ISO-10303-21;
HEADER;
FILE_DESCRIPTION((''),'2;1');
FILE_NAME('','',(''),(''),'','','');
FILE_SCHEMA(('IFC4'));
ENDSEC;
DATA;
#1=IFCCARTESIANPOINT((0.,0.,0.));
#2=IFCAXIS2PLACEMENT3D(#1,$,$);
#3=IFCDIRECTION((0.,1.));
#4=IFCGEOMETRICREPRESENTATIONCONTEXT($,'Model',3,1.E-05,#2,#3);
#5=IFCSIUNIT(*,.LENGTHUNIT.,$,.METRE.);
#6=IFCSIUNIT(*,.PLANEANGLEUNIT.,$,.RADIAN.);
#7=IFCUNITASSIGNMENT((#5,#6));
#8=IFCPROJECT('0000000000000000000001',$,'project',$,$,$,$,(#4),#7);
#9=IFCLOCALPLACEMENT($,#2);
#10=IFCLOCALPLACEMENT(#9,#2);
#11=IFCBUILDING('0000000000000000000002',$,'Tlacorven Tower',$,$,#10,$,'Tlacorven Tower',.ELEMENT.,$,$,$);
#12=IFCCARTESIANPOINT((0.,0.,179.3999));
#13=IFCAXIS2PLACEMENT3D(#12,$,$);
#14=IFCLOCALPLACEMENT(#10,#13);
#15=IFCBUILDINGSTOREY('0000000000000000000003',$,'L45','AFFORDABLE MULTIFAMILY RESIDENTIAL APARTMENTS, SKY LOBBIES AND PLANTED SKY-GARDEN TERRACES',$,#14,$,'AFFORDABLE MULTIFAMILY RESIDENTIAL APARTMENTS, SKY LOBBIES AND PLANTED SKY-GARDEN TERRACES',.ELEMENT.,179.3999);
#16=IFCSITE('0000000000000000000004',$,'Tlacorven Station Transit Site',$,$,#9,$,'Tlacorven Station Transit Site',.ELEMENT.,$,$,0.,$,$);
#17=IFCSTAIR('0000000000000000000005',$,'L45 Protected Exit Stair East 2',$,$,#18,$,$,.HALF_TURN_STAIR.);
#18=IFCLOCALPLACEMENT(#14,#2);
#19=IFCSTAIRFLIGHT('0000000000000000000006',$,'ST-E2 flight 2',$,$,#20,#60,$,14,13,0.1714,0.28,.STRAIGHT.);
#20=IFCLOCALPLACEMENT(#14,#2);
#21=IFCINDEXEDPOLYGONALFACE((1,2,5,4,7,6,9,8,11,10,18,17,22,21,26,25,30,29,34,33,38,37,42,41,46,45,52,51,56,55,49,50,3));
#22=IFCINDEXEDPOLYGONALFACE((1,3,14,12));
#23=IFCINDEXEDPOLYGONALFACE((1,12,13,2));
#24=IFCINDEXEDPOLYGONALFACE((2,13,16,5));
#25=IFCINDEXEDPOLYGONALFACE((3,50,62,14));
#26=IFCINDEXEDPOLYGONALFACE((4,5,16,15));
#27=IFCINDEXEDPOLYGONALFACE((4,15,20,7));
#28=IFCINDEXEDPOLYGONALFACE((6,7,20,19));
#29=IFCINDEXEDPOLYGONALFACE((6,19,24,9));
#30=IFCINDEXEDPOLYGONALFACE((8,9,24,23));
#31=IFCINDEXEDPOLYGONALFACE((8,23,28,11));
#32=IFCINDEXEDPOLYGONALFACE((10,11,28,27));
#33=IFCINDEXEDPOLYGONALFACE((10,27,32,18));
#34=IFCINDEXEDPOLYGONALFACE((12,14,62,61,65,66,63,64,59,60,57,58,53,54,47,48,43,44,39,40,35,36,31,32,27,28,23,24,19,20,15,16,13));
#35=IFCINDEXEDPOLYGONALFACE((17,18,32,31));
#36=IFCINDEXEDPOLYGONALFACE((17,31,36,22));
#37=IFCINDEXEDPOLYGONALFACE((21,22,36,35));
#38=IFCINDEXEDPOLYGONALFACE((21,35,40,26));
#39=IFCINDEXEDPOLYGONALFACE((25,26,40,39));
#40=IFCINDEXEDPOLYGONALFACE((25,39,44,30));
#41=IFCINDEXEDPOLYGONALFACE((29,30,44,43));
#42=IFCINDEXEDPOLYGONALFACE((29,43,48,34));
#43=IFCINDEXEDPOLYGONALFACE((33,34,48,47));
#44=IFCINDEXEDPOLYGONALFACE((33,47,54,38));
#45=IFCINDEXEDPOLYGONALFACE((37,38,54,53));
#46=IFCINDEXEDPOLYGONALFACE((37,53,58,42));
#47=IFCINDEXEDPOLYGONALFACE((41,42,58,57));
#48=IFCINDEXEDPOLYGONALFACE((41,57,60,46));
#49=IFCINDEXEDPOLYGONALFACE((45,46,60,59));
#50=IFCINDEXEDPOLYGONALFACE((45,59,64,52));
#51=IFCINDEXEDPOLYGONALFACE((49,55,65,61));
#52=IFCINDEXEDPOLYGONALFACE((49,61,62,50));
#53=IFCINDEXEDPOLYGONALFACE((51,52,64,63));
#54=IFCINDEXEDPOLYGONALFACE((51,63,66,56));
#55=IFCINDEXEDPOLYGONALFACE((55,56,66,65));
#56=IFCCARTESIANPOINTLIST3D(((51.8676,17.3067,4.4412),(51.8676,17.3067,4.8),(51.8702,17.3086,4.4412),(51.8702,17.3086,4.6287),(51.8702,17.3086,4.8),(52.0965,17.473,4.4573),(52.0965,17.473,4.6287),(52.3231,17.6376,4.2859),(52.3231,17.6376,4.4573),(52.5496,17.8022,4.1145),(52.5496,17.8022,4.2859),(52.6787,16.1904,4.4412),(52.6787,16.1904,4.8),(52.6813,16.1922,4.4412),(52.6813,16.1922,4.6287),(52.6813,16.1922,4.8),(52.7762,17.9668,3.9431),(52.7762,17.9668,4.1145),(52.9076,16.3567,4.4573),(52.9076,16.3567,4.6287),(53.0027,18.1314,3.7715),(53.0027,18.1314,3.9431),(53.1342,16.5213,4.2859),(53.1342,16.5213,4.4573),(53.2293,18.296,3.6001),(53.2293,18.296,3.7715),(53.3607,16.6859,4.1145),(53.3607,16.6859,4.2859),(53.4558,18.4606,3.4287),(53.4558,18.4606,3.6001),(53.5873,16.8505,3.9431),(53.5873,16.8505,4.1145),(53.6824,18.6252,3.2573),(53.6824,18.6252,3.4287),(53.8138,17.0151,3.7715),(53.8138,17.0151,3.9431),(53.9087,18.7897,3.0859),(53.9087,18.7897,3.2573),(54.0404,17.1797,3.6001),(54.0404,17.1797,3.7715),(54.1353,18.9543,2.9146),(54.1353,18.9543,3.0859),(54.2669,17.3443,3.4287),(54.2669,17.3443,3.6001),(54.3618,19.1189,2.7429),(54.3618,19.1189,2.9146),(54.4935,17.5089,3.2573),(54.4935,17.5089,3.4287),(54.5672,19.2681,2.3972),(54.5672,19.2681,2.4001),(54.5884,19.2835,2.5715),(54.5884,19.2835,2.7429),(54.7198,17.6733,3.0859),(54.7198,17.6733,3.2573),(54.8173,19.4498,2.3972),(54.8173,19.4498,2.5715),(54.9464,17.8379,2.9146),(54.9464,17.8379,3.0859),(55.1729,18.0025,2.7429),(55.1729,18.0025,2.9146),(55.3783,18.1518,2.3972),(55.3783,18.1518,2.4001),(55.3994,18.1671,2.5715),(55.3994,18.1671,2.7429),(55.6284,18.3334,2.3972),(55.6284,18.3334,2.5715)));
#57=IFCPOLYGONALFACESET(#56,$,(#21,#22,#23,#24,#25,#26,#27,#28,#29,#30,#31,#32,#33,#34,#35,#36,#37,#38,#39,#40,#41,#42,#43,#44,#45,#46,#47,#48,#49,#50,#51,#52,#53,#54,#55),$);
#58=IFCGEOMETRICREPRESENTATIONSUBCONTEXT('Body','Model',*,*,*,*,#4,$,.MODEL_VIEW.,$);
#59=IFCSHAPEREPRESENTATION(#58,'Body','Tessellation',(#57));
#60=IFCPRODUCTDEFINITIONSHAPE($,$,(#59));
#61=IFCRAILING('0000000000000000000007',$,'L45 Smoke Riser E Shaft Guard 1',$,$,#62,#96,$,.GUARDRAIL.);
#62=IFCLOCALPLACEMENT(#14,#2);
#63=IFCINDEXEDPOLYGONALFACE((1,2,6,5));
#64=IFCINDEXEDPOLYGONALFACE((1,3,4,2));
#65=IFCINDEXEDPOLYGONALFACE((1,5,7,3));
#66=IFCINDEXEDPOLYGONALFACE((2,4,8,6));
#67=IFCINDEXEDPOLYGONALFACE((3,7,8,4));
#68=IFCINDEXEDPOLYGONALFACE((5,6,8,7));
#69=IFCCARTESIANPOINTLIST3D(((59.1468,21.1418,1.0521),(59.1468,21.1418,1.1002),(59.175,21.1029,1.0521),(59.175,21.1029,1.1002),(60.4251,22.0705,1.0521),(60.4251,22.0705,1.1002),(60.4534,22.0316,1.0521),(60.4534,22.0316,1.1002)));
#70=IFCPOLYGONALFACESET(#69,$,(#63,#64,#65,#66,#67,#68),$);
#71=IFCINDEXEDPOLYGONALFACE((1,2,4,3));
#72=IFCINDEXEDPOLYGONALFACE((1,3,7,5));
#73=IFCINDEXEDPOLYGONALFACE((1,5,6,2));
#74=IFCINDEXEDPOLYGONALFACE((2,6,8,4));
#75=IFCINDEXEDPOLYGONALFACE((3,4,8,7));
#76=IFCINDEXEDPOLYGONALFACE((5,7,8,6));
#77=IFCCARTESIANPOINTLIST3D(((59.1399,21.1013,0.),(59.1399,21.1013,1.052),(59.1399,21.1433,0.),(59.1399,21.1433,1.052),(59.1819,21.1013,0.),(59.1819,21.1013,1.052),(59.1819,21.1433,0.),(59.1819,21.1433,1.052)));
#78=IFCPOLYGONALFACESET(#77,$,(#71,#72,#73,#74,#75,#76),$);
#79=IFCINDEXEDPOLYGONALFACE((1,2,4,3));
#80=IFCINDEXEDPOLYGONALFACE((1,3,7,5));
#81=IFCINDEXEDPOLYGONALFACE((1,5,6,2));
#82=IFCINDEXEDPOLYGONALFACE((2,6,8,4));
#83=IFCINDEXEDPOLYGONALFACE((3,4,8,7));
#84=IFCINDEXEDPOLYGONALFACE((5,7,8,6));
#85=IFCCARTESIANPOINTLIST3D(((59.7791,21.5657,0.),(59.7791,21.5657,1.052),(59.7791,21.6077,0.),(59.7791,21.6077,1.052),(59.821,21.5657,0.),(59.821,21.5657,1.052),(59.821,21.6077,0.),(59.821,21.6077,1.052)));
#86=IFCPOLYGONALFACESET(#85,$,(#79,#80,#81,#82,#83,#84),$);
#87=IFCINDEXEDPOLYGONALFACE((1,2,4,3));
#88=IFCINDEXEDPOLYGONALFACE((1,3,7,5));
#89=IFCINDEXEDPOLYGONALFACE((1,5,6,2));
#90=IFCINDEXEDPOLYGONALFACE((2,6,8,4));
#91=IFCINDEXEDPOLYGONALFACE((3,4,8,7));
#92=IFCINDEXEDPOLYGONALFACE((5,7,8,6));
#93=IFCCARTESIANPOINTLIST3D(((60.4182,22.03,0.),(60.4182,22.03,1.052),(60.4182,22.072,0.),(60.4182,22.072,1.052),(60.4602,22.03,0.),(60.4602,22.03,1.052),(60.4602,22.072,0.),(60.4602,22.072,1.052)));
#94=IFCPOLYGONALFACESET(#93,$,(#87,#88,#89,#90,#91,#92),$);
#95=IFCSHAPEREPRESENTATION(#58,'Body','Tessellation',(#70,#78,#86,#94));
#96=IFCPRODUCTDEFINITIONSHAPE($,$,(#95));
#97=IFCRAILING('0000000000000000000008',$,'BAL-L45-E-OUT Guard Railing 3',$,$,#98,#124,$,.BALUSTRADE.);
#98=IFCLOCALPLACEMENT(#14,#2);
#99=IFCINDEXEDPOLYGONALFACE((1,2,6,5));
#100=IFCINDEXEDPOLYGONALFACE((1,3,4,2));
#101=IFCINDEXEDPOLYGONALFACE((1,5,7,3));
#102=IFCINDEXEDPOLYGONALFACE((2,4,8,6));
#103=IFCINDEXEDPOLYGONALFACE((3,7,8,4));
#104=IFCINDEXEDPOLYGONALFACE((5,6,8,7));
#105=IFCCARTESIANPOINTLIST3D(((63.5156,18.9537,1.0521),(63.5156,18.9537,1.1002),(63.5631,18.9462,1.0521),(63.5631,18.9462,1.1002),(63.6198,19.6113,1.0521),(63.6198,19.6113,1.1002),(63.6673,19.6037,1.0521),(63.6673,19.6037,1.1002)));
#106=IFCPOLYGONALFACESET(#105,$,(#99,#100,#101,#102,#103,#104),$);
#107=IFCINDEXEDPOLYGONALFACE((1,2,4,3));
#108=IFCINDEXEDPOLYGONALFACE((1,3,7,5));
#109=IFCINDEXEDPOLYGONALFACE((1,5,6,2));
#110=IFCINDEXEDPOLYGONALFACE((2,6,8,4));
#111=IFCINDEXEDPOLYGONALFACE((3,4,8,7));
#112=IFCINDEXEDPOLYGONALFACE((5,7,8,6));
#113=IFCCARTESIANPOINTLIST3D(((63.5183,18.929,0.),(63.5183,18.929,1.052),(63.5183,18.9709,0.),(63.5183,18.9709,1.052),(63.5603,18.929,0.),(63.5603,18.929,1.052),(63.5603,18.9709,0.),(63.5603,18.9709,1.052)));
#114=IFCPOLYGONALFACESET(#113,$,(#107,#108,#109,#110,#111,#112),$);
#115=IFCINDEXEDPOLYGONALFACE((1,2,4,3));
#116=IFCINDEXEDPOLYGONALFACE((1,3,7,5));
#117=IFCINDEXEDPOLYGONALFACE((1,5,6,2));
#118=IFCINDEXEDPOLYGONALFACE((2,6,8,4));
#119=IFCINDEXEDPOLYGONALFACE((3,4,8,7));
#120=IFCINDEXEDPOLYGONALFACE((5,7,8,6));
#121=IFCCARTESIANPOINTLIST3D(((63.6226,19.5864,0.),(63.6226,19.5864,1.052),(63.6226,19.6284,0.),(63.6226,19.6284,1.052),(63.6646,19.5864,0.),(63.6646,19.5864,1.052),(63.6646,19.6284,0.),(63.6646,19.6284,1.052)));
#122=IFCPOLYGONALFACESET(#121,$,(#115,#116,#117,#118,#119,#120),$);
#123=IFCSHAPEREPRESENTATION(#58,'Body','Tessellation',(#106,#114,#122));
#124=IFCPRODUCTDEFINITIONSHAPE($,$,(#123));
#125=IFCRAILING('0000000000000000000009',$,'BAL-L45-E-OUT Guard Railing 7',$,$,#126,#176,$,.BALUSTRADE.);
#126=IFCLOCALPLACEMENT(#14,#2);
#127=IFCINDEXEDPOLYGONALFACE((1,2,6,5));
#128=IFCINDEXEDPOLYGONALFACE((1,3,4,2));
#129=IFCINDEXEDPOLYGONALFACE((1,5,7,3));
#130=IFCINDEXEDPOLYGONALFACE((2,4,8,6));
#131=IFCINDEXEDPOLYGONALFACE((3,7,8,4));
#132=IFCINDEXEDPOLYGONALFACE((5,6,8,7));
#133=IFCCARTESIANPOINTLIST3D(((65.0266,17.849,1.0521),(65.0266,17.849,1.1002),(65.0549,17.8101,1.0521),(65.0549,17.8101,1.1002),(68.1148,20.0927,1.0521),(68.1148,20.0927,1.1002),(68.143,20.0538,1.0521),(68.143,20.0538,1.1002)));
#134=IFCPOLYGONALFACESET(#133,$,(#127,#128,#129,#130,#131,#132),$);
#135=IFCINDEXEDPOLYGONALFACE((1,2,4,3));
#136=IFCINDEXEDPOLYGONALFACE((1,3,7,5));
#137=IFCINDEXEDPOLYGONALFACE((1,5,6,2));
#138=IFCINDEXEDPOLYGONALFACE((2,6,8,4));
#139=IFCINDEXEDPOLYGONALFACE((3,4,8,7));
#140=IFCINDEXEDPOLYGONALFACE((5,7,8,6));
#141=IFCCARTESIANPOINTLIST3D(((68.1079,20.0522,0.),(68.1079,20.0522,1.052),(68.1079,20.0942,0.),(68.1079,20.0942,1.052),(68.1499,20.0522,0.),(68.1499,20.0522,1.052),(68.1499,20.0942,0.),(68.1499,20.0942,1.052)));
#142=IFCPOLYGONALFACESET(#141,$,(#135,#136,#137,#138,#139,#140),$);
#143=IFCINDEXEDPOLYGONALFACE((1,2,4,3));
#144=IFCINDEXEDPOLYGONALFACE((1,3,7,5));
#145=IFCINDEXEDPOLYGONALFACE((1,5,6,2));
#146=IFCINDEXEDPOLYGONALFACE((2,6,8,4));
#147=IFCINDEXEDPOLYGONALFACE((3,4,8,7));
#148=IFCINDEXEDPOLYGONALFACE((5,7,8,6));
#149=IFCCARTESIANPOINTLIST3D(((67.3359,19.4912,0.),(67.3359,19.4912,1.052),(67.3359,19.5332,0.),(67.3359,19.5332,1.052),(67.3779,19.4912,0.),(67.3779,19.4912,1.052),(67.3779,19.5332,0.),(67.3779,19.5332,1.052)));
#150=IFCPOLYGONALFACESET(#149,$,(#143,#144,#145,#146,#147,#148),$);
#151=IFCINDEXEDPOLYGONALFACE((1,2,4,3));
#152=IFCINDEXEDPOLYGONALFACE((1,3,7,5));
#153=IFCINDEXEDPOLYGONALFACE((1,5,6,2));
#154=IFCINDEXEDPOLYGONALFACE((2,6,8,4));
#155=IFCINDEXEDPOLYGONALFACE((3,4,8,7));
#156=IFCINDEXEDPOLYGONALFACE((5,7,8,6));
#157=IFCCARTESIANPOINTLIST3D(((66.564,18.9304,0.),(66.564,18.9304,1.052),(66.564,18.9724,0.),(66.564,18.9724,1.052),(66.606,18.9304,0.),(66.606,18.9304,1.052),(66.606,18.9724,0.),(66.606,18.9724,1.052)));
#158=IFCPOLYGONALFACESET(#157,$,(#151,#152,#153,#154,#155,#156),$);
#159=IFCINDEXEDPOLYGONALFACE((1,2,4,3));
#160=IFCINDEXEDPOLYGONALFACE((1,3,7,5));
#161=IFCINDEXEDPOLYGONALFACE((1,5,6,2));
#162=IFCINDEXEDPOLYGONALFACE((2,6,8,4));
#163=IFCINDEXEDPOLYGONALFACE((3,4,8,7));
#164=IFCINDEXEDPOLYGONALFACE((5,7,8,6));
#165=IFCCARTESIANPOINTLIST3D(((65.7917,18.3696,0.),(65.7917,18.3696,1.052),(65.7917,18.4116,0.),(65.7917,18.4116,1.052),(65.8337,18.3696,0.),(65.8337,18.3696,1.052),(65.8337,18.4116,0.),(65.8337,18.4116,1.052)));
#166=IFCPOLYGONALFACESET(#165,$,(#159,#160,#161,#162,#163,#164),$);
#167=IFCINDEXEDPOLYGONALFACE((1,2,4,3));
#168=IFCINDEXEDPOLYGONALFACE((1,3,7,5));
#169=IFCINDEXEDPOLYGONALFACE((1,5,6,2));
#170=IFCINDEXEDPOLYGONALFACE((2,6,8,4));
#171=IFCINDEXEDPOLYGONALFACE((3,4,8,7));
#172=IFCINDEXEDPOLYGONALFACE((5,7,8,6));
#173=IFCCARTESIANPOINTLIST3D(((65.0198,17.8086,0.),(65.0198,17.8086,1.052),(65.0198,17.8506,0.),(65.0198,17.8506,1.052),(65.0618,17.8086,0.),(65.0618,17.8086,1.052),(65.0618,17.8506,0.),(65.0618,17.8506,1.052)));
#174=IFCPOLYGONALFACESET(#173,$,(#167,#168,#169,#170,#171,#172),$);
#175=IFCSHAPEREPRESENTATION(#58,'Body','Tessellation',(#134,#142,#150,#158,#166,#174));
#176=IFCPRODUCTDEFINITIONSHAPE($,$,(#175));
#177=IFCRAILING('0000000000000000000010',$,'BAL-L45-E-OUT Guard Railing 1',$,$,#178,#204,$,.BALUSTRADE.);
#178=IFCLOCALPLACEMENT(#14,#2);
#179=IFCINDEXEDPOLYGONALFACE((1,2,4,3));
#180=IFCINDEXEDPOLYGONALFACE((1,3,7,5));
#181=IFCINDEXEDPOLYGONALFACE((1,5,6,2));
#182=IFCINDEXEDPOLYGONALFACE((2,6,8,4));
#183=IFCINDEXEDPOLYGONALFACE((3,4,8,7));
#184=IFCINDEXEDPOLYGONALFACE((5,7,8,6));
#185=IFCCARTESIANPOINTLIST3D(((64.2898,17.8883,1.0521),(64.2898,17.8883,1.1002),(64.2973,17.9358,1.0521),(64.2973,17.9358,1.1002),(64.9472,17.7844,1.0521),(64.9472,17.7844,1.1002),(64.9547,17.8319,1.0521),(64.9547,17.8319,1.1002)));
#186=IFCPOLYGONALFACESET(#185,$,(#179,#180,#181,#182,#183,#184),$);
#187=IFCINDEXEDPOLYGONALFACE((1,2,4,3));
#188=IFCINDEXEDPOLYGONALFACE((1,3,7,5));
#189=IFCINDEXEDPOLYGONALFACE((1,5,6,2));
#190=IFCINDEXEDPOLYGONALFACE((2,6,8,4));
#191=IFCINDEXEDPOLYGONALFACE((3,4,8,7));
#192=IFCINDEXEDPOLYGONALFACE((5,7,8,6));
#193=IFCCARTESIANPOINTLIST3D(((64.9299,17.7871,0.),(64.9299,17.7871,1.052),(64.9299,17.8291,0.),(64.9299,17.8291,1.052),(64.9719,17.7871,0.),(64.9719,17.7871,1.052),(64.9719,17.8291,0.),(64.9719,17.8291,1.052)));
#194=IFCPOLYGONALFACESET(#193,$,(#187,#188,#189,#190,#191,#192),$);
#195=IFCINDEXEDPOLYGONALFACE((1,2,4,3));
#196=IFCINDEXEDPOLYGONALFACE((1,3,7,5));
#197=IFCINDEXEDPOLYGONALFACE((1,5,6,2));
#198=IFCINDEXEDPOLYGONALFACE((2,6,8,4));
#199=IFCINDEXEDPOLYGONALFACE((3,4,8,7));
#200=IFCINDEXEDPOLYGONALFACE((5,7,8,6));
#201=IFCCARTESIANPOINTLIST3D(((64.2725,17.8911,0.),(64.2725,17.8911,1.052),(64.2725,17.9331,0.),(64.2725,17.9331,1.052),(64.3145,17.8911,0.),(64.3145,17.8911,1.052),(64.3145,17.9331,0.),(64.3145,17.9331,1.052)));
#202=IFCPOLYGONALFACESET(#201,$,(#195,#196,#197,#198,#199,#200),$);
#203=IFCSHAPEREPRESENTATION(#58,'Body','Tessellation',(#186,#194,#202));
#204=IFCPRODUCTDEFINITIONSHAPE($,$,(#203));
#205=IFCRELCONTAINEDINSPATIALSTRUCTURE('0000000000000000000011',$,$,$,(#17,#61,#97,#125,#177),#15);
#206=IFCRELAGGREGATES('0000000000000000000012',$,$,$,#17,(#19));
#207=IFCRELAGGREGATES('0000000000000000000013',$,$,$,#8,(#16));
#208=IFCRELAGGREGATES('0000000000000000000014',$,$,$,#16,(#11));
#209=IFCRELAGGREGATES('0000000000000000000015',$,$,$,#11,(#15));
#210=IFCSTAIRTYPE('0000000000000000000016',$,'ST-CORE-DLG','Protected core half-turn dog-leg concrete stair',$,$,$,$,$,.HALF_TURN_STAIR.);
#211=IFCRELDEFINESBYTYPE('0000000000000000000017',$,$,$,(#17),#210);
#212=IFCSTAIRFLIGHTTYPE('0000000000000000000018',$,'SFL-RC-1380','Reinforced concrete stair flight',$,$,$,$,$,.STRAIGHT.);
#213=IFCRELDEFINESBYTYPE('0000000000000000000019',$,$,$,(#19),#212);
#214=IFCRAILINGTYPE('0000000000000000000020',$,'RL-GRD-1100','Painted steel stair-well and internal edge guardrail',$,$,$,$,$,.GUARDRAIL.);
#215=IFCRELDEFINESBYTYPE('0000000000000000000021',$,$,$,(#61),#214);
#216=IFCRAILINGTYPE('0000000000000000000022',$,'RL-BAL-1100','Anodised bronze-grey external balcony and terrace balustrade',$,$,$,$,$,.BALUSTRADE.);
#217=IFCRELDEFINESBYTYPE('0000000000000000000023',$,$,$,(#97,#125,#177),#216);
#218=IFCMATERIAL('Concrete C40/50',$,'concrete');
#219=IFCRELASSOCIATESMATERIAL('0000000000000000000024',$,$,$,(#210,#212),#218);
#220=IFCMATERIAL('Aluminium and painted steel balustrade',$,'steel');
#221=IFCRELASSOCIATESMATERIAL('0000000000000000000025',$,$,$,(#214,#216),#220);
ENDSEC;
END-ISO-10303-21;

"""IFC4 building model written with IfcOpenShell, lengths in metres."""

from ifc_helpers import new_model, si_unit, direction, frame, origin, origin_2d, place, context, subcontext, project, spatial, polyline, rectangle, outline, extrude, source, transform, mapped, material, type_object, element, aggregate, save


model = new_model("IFC4")

# Units and contexts
model_context = context("Model", 3, precision=1e-05, world=origin(), true_north=direction((0.0, 1.0)))
body_context = subcontext(model_context, "Body", "Model", "MODEL_VIEW")
ifc_project = project(units=[si_unit("LENGTHUNIT", "METRE"), si_unit("PLANEANGLEUNIT", "RADIAN")], contexts=[model_context])

# Site, building, storey
site_placement = place(None, origin())
site = spatial("IfcSite", under=ifc_project, at=site_placement, Name="Tlacorven Station Transit Site", LongName="Tlacorven Station Transit Site", CompositionType="ELEMENT", RefElevation=0.0)
building_placement = place(site_placement, origin())
building = spatial("IfcBuilding", under=site, at=building_placement, Name="Tlacorven Tower", LongName="Tlacorven Tower", CompositionType="ELEMENT")
storey_placement = place(building_placement, frame((0.0, 0.0, 179.3999)))
storey = spatial("IfcBuildingStorey", under=building, at=storey_placement, Name="L45", Description="AFFORDABLE MULTIFAMILY RESIDENTIAL APARTMENTS, SKY LOBBIES AND PLANTED SKY-GARDEN TERRACES", LongName="AFFORDABLE MULTIFAMILY RESIDENTIAL APARTMENTS, SKY LOBBIES AND PLANTED SKY-GARDEN TERRACES", CompositionType="ELEMENT", Elevation=179.3999)

# Shared definitions
ifc_material_1 = material(Name="Concrete C40/50", Category="concrete")

# Stair, stair flight
stair_type = type_object("IfcStairType", Name="ST-CORE-DLG", Description="Protected core half-turn dog-leg concrete stair", PredefinedType="HALF_TURN_STAIR", material=ifc_material_1)
stair_placement = place(storey_placement, origin())
stair = element("IfcStair", 1, at=stair_placement, inside=storey, type_object=stair_type, Name="L45 Protected Exit Stair East 2", PredefinedType="HALF_TURN_STAIR")
stair_flight_type = type_object("IfcStairFlightType", Name="SFL-RC-1380", Description="Reinforced concrete stair flight", PredefinedType="STRAIGHT", material=ifc_material_1)
shared_shape_1 = source(origin(), body_context, "Body", "SweptSolid", [
    extrude(outline(polyline([(-0.0029, -0.0029), (-0.0029, 0.1714), (0.28, 0.1714), (0.28, 0.3428), (0.5601, 0.3428), (0.5601, 0.5144), (0.8401, 0.5144), (0.8401, 0.6858), (1.1201, 0.6858), (1.1201, 0.8572), (1.3999, 0.8572), (1.3999, 1.0286), (1.6799, 1.0286), (1.6799, 1.2), (1.96, 1.2), (1.96, 1.3713), (2.24, 1.3713), (2.24, 1.543), (2.52, 1.543), (2.52, 1.7144), (2.8, 1.7144), (2.8, 1.8857), (3.0801, 1.8857), (3.0801, 2.0571), (3.3601, 2.0571), (3.3601, 2.2285), (3.6399, 2.2285), (3.6399, 2.3999), (3.6431, 2.3999), (3.6431, 2.041), (3.6399, 2.041), (0.3062, 0.0), (0.3062, -0.0029), (-0.0029, -0.0029)])), frame((0.0, 0.6899, 0.0), z_axis=(0.0, -1.0, 0.0), x_axis=(1.0, 0.0, 0.0)), (0.0, 0.0, 1.0), 1.3799),
])
stair_flight_placement = place(storey_placement, frame((55.2205, 18.8899, 2.4001), z_axis=(0.0, 0.0, 1.0), x_axis=(-0.809017, -0.587785, 0.0)))
stair_flight = element("IfcStairFlight", 2, at=stair_flight_placement, type_object=stair_flight_type, Name="ST-E2 flight 2", NumberOfRisers=14, NumberOfTreads=13, PredefinedType="STRAIGHT", RiserHeight=0.1714, TreadLength=0.28, context=body_context, shape_type="MappedRepresentation", body=[
    mapped(shared_shape_1, transform((0.0, 0.0, 0.0), scale=1.0)),
])
aggregate(stair, [stair_flight])

# Railings
ifc_material_2 = material(Name="Aluminium and painted steel balustrade", Category="steel")
railing_type_1 = type_object("IfcRailingType", Name="RL-GRD-1100", Description="Painted steel stair-well and internal edge guardrail", PredefinedType="GUARDRAIL", material=ifc_material_2)
shared_shape_2 = source(origin(), body_context, "Body", "SweptSolid", [
    extrude(rectangle(XDim=0.0481, YDim=0.0481, at=origin_2d()), frame((0.0, 0.0, 1.0762), z_axis=(0.80903, 0.587767, 0.0), x_axis=(-0.587767, 0.80903, 0.0)), (0.0, 0.0, 1.0), 1.5801),
    extrude(rectangle(XDim=0.042, YDim=0.042, at=origin_2d()), origin(), (0.0, 0.0, 1.0), 1.052),
    extrude(rectangle(XDim=0.042, YDim=0.042, at=origin_2d()), frame((0.6392, 0.4644, 0.0)), (0.0, 0.0, 1.0), 1.052),
    extrude(rectangle(XDim=0.042, YDim=0.042, at=origin_2d()), frame((1.2783, 0.9287, 0.0)), (0.0, 0.0, 1.0), 1.052),
])
railing_1_placement = place(storey_placement, frame((59.1609, 21.1223, 0.0)))
element("IfcRailing", 3, at=railing_1_placement, inside=storey, type_object=railing_type_1, Name="L45 Smoke Riser E Shaft Guard 1", PredefinedType="GUARDRAIL", context=body_context, shape_type="MappedRepresentation", body=[
    mapped(shared_shape_2, transform((0.0, 0.0, 0.0), scale=1.0)),
])
railing_type_2 = type_object("IfcRailingType", Name="RL-BAL-1100", Description="Anodised bronze-grey external balcony and terrace balustrade", PredefinedType="BALUSTRADE", material=ifc_material_2)
shared_shape_3 = source(origin(), body_context, "Body", "SweptSolid", [
    extrude(rectangle(XDim=0.0481, YDim=0.0481, at=origin_2d()), frame((0.0, 0.0, 1.0762), z_axis=(0.156603, 0.987662, 0.0), x_axis=(-0.987662, 0.156603, 0.0)), (0.0, 0.0, 1.0), 0.6658),
    extrude(rectangle(XDim=0.042, YDim=0.042, at=origin_2d()), origin(), (0.0, 0.0, 1.0), 1.052),
    extrude(rectangle(XDim=0.042, YDim=0.042, at=origin_2d()), frame((0.1042, 0.6575, 0.0)), (0.0, 0.0, 1.0), 1.052),
])
railing_2_placement = place(storey_placement, frame((63.5393, 18.95, 0.0)))
element("IfcRailing", 4, at=railing_2_placement, inside=storey, type_object=railing_type_2, Name="BAL-L45-E-OUT Guard Railing 3", PredefinedType="BALUSTRADE", context=body_context, shape_type="MappedRepresentation", body=[
    mapped(shared_shape_3, transform((0.0, 0.0, 0.0), scale=1.0)),
])
shared_shape_4 = source(origin(), body_context, "Body", "SweptSolid", [
    extrude(rectangle(XDim=0.0481, YDim=0.0481, at=origin_2d()), frame((0.0, 0.0, 1.0762), z_axis=(-0.809018, -0.587784, 0.0), x_axis=(0.587784, -0.809018, 0.0)), (0.0, 0.0, 1.0), 3.8171),
    extrude(rectangle(XDim=0.042, YDim=0.042, at=origin_2d()), origin(), (0.0, 0.0, 1.0), 1.052),
    extrude(rectangle(XDim=0.042, YDim=0.042, at=origin_2d()), frame((-0.772, -0.561, 0.0)), (0.0, 0.0, 1.0), 1.052),
    extrude(rectangle(XDim=0.042, YDim=0.042, at=origin_2d()), frame((-1.5439, -1.1218, 0.0)), (0.0, 0.0, 1.0), 1.052),
    extrude(rectangle(XDim=0.042, YDim=0.042, at=origin_2d()), frame((-2.3162, -1.6826, 0.0)), (0.0, 0.0, 1.0), 1.052),
    extrude(rectangle(XDim=0.042, YDim=0.042, at=origin_2d()), frame((-3.0881, -2.2437, 0.0)), (0.0, 0.0, 1.0), 1.052),
])
railing_3_placement = place(storey_placement, frame((68.1289, 20.0732, 0.0)))
element("IfcRailing", 5, at=railing_3_placement, inside=storey, type_object=railing_type_2, Name="BAL-L45-E-OUT Guard Railing 7", PredefinedType="BALUSTRADE", context=body_context, shape_type="MappedRepresentation", body=[
    mapped(shared_shape_4, transform((0.0, 0.0, 0.0), scale=1.0)),
])
shared_shape_5 = source(origin(), body_context, "Body", "SweptSolid", [
    extrude(rectangle(XDim=0.0481, YDim=0.0481, at=origin_2d()), frame((0.0, 0.0, 1.0762), z_axis=(-0.987718, 0.156245, 0.0), x_axis=(-0.156245, -0.987718, 0.0)), (0.0, 0.0, 1.0), 0.6655),
    extrude(rectangle(XDim=0.042, YDim=0.042, at=origin_2d()), origin(), (0.0, 0.0, 1.0), 1.052),
    extrude(rectangle(XDim=0.042, YDim=0.042, at=origin_2d()), frame((-0.6575, 0.104, 0.0)), (0.0, 0.0, 1.0), 1.052),
])
railing_4_placement = place(storey_placement, frame((64.9509, 17.8081, 0.0)))
element("IfcRailing", 6, at=railing_4_placement, inside=storey, type_object=railing_type_2, Name="BAL-L45-E-OUT Guard Railing 1", PredefinedType="BALUSTRADE", context=body_context, shape_type="MappedRepresentation", body=[
    mapped(shared_shape_5, transform((0.0, 0.0, 0.0), scale=1.0)),
])

save(model, "model.ifc")
